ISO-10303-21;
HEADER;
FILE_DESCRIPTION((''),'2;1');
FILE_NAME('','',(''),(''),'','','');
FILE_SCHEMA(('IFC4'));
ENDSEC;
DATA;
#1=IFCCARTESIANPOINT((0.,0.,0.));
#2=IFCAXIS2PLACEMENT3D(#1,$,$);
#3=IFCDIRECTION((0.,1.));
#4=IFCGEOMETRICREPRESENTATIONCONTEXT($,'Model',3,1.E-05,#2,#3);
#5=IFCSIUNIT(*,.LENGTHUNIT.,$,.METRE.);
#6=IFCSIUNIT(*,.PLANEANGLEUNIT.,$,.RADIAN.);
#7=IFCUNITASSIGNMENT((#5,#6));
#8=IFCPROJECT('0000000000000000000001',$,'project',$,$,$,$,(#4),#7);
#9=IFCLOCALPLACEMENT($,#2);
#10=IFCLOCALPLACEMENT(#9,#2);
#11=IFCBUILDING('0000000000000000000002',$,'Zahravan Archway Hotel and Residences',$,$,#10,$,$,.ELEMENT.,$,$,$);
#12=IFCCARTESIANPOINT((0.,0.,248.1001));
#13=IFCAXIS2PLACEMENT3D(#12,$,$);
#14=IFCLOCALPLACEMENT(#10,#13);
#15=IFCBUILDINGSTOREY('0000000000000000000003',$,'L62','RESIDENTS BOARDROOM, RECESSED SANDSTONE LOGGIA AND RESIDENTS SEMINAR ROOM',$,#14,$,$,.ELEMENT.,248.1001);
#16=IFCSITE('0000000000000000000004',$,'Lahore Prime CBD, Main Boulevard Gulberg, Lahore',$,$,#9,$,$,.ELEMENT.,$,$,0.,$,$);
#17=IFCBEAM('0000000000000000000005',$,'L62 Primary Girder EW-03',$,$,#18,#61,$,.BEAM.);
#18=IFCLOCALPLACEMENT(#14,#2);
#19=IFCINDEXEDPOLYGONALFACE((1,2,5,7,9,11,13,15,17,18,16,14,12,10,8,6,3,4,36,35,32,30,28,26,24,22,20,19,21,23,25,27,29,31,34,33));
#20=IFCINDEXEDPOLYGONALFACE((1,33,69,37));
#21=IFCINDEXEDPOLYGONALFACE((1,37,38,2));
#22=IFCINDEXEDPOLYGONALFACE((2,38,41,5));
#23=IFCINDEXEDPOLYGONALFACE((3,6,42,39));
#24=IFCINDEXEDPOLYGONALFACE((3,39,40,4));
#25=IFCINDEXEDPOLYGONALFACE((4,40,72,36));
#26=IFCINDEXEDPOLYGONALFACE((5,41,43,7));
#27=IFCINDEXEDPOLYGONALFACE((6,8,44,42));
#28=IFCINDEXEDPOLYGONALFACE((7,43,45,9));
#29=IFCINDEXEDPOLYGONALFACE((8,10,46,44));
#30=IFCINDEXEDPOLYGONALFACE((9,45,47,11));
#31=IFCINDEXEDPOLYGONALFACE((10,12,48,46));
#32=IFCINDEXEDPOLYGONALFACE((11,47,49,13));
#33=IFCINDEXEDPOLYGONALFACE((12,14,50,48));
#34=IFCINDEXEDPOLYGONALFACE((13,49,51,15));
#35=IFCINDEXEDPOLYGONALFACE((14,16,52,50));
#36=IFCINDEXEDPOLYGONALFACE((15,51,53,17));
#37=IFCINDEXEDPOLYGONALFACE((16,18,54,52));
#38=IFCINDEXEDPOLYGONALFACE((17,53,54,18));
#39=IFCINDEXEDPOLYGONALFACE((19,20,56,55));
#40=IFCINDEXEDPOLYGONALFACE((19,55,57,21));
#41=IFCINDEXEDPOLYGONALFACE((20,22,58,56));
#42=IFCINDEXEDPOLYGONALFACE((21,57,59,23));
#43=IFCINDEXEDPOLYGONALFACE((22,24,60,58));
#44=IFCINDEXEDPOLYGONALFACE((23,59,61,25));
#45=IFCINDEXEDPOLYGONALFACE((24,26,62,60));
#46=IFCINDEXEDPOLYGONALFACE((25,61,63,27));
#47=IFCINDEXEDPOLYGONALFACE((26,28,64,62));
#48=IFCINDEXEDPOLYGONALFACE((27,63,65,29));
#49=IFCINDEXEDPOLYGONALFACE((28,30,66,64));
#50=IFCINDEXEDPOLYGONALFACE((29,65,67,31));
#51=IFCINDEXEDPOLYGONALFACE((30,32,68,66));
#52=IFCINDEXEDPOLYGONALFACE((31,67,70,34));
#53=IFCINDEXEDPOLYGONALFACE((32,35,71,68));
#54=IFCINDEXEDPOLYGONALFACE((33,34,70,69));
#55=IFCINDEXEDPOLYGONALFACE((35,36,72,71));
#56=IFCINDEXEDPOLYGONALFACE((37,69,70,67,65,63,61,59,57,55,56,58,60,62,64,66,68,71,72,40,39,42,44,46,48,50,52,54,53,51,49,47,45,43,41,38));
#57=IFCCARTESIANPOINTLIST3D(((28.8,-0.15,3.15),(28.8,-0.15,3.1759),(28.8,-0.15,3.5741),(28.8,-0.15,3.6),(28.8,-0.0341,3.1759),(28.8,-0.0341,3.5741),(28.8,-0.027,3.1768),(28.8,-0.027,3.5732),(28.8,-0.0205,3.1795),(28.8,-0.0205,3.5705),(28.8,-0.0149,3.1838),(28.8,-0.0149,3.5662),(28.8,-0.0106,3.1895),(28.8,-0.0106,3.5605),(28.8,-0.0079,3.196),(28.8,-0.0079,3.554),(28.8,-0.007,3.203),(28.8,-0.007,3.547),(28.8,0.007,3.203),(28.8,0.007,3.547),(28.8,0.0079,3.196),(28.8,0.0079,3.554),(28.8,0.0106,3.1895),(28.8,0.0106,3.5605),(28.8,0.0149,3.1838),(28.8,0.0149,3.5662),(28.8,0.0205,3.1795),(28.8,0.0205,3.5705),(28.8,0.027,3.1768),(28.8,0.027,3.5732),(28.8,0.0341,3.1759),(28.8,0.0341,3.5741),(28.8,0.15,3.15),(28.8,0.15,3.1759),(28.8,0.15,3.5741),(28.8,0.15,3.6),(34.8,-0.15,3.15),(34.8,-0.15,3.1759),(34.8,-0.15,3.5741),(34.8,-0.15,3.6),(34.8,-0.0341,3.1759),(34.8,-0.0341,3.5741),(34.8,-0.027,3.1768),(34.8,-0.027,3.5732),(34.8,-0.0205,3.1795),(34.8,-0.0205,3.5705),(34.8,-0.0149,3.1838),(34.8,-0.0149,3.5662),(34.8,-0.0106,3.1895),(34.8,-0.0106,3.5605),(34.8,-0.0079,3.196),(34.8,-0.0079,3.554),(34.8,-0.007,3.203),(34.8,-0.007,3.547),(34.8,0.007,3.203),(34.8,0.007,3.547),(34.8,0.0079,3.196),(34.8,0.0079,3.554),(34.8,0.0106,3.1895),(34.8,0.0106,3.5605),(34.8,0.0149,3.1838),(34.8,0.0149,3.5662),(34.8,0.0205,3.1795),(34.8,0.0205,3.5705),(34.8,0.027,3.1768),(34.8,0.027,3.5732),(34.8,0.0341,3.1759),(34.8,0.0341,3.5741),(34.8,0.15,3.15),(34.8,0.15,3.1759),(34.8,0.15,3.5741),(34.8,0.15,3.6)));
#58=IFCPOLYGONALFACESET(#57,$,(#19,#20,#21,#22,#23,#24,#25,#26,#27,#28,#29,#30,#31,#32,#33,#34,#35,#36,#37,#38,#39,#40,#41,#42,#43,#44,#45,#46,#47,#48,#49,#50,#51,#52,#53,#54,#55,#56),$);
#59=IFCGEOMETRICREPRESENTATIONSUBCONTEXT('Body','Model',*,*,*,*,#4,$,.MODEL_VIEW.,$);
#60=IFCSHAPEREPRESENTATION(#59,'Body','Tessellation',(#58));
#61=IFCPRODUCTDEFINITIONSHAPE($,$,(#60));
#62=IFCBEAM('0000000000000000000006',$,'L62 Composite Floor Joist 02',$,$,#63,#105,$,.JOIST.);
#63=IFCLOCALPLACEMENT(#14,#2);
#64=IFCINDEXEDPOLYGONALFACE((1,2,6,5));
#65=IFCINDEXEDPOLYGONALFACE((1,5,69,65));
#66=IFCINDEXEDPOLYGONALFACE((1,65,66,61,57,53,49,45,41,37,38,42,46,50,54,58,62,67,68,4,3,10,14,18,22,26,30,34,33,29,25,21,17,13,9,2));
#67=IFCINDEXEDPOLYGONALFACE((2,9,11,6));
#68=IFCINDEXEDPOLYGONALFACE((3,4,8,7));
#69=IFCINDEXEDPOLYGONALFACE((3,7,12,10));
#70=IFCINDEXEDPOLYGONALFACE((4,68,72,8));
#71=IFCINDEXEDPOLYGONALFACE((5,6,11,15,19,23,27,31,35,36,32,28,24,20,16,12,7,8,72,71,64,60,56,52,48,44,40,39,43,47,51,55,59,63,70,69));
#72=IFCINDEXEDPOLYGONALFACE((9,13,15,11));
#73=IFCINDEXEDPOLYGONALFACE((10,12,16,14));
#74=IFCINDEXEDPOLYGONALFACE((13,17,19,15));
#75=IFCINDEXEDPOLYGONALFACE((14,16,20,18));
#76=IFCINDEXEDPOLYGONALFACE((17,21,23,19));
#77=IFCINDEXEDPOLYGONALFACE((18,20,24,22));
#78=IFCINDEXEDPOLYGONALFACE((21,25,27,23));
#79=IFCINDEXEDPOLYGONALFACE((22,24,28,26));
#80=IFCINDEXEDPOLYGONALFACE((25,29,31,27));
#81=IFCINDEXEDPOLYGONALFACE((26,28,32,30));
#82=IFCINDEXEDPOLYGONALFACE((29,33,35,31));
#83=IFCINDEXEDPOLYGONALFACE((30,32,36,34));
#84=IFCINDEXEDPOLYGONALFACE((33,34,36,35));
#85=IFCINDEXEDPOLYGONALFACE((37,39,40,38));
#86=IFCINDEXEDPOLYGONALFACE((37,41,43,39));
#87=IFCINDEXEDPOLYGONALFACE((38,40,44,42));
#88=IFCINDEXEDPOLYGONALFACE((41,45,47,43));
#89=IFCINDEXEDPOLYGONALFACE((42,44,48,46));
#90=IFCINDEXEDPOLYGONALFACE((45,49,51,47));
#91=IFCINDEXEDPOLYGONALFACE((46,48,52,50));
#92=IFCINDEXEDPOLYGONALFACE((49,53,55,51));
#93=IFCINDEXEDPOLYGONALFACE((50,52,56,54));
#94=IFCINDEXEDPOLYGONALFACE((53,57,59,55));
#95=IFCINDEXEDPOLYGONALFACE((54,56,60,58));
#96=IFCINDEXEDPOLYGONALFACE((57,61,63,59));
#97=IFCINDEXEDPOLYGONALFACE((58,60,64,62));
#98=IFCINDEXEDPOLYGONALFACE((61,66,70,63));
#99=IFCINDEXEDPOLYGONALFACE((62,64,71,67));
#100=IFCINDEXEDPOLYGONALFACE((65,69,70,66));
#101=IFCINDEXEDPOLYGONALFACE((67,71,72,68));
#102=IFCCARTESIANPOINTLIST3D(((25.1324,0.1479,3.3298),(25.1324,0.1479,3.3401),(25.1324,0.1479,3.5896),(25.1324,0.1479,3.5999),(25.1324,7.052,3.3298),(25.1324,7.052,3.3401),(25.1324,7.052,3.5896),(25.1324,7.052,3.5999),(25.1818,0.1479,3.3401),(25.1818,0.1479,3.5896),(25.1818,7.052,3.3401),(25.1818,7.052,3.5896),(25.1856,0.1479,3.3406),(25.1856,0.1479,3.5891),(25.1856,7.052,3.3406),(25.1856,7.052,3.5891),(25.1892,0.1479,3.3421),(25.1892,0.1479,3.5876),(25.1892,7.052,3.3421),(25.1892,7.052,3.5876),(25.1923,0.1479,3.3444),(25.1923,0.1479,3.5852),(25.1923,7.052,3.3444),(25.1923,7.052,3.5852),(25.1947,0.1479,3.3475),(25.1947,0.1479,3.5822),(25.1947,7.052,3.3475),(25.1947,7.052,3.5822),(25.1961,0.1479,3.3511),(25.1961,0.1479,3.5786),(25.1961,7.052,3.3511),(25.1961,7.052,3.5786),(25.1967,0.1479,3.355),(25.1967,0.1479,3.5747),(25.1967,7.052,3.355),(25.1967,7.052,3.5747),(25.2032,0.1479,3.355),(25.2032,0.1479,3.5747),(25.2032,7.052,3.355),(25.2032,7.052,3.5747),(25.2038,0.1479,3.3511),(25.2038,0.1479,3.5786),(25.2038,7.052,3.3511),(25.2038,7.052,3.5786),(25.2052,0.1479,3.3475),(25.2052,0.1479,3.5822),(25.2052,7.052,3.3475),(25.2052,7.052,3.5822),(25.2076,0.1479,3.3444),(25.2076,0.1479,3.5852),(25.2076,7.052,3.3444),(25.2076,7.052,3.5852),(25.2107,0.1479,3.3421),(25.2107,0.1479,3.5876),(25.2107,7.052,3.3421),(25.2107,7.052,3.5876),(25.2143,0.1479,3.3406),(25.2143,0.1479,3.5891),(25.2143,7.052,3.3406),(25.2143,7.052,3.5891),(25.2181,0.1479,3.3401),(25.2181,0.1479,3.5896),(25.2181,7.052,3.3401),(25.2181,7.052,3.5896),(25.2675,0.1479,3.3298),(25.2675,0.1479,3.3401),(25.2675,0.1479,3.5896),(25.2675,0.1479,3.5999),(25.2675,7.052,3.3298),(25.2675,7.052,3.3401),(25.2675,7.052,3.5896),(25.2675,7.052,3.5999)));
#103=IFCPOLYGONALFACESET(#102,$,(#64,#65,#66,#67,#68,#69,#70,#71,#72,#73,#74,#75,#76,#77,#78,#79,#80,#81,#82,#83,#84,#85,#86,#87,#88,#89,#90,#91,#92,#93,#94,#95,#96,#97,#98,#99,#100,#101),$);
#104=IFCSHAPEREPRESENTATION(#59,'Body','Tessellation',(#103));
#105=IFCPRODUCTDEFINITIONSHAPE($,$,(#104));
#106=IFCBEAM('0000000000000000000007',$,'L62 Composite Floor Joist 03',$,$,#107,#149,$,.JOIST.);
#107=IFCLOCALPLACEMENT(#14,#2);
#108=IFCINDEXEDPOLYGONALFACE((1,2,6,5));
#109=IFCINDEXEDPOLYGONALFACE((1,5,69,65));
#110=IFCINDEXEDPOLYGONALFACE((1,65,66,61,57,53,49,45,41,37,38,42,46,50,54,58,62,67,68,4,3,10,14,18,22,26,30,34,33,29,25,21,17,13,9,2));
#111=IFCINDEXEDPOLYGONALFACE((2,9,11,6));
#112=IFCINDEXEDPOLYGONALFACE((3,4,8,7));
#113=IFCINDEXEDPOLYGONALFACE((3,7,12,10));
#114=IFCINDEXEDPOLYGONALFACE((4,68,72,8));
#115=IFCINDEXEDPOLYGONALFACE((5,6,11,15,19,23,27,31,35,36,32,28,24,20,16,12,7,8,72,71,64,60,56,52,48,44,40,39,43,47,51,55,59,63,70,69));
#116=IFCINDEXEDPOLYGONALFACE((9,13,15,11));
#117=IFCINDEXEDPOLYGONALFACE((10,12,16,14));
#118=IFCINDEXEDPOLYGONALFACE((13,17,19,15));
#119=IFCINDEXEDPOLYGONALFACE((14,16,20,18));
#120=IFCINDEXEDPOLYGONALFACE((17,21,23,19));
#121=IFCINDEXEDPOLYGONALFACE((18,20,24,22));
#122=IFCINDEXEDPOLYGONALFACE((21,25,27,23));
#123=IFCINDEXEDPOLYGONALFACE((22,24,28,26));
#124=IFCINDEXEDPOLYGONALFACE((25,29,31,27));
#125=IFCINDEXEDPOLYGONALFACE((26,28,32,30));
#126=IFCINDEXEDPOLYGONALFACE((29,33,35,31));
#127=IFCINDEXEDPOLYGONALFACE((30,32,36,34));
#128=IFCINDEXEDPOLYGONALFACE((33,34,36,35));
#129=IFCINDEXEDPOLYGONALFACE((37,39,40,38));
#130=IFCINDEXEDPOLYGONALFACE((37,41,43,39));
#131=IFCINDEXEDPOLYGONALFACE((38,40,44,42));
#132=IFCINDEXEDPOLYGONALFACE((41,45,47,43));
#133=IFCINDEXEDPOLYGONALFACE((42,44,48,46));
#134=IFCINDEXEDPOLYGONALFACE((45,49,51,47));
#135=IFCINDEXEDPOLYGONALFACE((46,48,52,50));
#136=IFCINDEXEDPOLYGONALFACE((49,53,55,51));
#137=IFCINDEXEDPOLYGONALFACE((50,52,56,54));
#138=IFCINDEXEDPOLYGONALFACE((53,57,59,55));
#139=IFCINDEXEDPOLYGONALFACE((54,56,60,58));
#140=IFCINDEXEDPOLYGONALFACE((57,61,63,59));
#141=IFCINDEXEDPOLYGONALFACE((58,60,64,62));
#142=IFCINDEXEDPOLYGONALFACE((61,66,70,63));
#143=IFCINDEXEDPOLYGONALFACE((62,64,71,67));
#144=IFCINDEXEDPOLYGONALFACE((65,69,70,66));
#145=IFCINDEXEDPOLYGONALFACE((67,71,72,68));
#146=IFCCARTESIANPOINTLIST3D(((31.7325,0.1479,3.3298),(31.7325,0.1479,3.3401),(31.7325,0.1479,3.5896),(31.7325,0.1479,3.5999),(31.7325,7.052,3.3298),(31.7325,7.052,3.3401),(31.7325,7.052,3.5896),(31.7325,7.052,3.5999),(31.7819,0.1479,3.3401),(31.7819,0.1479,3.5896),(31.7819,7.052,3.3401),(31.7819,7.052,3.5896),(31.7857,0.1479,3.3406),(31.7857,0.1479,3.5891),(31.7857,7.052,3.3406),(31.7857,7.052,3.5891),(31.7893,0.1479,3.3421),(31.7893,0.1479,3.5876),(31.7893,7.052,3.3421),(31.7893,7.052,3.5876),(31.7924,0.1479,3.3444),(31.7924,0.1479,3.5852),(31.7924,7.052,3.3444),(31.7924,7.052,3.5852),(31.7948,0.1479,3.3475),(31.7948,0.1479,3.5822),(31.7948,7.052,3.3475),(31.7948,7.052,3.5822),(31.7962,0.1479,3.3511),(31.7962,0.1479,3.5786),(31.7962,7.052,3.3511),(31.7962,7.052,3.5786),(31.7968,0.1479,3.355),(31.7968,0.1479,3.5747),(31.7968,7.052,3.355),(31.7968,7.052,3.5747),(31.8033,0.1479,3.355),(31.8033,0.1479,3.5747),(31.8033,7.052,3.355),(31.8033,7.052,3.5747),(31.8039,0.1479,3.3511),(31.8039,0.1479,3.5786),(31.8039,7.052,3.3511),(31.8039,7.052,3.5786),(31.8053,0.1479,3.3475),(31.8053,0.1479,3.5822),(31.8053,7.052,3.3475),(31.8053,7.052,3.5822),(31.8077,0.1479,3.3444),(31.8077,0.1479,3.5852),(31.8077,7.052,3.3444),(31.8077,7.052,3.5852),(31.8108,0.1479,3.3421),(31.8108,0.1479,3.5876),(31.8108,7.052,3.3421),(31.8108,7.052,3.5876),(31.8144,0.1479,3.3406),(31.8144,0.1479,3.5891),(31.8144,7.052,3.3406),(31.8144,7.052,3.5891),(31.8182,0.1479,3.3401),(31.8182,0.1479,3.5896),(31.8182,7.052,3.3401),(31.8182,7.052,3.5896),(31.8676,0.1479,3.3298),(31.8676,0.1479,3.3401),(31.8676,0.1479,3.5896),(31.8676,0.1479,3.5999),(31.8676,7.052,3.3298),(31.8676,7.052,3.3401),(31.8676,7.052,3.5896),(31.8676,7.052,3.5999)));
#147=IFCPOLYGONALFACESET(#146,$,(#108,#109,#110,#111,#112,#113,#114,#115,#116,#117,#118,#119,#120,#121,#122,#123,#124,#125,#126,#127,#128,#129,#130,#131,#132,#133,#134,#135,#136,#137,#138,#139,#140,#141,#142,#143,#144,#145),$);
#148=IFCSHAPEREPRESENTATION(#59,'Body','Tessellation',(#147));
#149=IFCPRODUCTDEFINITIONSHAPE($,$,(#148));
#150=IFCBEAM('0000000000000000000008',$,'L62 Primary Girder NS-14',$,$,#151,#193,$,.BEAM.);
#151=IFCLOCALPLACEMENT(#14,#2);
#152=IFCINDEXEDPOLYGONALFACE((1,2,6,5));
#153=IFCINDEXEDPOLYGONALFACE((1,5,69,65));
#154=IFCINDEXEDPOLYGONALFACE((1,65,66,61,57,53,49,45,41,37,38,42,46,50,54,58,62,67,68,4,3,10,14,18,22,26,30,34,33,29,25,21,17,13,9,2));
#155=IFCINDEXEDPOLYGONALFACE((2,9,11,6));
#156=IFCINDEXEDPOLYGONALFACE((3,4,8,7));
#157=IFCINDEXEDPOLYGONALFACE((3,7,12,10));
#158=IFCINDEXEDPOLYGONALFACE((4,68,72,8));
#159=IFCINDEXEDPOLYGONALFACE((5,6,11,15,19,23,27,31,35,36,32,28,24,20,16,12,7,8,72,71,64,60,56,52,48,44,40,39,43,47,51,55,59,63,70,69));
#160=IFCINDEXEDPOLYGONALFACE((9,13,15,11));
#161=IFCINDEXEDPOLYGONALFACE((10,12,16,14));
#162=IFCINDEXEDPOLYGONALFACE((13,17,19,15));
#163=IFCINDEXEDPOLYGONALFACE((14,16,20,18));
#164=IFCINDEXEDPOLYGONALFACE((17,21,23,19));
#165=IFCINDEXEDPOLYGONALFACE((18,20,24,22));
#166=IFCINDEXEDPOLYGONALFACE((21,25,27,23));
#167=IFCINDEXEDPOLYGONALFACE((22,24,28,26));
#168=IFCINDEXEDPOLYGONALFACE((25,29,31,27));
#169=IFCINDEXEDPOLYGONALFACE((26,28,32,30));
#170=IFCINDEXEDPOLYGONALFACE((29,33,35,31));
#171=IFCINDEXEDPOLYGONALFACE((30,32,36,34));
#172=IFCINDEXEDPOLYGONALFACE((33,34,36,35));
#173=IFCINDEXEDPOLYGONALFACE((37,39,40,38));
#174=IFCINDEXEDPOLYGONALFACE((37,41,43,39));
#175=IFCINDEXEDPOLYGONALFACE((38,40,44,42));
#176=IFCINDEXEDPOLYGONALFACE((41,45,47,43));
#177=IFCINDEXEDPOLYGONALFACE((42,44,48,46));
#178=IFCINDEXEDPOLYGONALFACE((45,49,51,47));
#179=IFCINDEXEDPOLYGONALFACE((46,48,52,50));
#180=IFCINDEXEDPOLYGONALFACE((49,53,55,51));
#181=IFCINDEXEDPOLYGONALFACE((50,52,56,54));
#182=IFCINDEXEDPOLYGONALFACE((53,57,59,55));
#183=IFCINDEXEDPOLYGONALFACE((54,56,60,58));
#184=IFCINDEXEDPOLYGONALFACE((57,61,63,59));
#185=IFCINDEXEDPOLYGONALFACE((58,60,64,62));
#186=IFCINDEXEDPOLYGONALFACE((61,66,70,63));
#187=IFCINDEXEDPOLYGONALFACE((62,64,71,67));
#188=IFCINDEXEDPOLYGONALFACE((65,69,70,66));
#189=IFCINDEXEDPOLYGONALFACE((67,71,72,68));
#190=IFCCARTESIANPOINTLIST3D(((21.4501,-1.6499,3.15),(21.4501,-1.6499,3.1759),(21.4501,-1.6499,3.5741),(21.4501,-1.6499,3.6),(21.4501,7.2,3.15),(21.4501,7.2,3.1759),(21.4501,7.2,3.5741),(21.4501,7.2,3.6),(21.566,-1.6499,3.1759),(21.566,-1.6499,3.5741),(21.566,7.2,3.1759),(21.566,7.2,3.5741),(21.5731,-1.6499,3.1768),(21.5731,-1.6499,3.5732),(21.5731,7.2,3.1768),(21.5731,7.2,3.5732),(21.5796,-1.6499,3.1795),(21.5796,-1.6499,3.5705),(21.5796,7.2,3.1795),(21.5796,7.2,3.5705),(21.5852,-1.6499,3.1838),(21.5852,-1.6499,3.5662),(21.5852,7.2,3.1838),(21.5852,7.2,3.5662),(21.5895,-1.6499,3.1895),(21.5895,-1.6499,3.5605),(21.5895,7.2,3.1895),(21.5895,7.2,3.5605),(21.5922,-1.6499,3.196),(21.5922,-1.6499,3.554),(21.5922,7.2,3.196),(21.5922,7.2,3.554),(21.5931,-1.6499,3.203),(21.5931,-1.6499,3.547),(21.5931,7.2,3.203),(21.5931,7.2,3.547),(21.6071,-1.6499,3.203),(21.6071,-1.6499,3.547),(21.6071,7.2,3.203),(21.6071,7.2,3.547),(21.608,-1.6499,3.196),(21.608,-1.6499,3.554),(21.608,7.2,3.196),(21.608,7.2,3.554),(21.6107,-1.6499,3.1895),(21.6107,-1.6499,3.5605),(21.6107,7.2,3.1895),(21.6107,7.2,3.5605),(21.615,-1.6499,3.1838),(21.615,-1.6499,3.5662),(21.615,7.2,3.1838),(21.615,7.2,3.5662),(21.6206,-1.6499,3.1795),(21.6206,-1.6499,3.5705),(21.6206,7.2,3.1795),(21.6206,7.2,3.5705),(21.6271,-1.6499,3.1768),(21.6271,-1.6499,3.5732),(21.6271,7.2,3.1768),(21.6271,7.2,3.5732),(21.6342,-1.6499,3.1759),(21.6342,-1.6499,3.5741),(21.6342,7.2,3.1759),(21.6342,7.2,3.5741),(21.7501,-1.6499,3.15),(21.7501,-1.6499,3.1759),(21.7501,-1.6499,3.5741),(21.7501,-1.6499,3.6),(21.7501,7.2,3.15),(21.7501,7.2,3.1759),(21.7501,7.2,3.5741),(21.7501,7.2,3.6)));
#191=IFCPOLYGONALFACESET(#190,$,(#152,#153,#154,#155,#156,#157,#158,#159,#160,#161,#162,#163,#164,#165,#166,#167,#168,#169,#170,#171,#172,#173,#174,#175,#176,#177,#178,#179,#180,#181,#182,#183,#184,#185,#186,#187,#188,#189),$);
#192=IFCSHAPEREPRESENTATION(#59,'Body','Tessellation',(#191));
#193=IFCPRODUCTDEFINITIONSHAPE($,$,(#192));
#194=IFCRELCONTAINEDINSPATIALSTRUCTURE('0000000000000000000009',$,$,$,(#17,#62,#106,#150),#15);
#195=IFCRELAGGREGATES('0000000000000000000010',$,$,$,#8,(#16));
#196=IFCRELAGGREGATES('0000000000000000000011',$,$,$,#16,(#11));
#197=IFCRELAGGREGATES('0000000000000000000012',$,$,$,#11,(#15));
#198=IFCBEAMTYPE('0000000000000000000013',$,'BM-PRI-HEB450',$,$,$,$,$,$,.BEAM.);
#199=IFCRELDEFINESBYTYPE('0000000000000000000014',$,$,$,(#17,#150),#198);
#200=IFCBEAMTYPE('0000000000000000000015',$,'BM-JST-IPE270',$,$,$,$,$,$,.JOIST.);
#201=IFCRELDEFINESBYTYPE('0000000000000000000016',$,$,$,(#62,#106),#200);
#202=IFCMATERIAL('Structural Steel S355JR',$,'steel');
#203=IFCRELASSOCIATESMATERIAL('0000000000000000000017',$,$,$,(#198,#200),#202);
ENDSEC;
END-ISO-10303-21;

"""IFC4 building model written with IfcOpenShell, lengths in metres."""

from ifc_helpers import new_model, si_unit, direction, frame, origin, origin_2d, place, context, subcontext, project, spatial, i_section, extrude, source, transform, mapped, material, material_profile, profile_set, type_object, type_shapes, element, save


model = new_model("IFC4")

# Units and contexts
model_context = context("Model", 3, precision=1e-05, world=origin(), true_north=direction((0.0, 1.0)))
body_context = subcontext(model_context, "Body", "Model", "MODEL_VIEW")
ifc_project = project(units=[si_unit("LENGTHUNIT", "METRE"), si_unit("PLANEANGLEUNIT", "RADIAN")], contexts=[model_context])

# Site, building, storey
site_placement = place(None, origin())
site = spatial("IfcSite", under=ifc_project, at=site_placement, Name="Lahore Prime CBD, Main Boulevard Gulberg, Lahore", CompositionType="ELEMENT", RefElevation=0.0)
building_placement = place(site_placement, origin())
building = spatial("IfcBuilding", under=site, at=building_placement, Name="Zahravan Archway Hotel and Residences", CompositionType="ELEMENT")
storey_placement = place(building_placement, frame((0.0, 0.0, 248.1001)))
storey = spatial("IfcBuildingStorey", under=building, at=storey_placement, Name="L62", Description="RESIDENTS BOARDROOM, RECESSED SANDSTONE LOGGIA AND RESIDENTS SEMINAR ROOM", CompositionType="ELEMENT", Elevation=248.1001)

# Beams
ifc_material_1 = material(Name="Structural Steel S355JR", Category="steel")
ifc_material_profile_1 = material_profile(ifc_material_1, i_section(OverallWidth=0.3, OverallDepth=0.45, WebThickness=0.0139, FlangeThickness=0.0259, FilletRadius=0.0271, at=origin_2d()), Name="HEB 450", Category="steel")
ifc_profile_set_1 = profile_set([ifc_material_profile_1], Name="Structural Steel S355JR")
beam_type_1 = type_object("IfcBeamType", Name="BM-PRI-HEB450", PredefinedType="BEAM", material=ifc_profile_set_1)
shared_shape_1 = source(origin(), body_context, "Body", "SweptSolid", [
    extrude(i_section(OverallWidth=0.3, OverallDepth=0.45, WebThickness=0.0139, FlangeThickness=0.0259, FilletRadius=0.0271, at=origin_2d()), origin(), (0.0, 0.0, 1.0), 6.0),
])
beam_placement = place(storey_placement, frame((28.8, 0.0, 3.375), z_axis=(1.0, 0.0, 0.0), x_axis=(0.0, 1.0, 0.0)))
element("IfcBeam", 1, at=beam_placement, inside=storey, type_object=beam_type_1, Name="L62 Primary Girder EW-03", PredefinedType="BEAM", context=body_context, shape_type="MappedRepresentation", body=[
    mapped(shared_shape_1, transform((0.0, 0.0, 0.0), scale=1.0)),
])
ifc_material_profile_2 = material_profile(ifc_material_1, i_section(OverallWidth=0.135, OverallDepth=0.27, WebThickness=0.0066, FlangeThickness=0.0103, FilletRadius=0.0149, at=origin_2d()), Name="IPE 270", Category="steel")
ifc_profile_set_2 = profile_set([ifc_material_profile_2], Name="Structural Steel S355JR")
beam_type_2 = type_object("IfcBeamType", Name="BM-JST-IPE270", PredefinedType="JOIST", material=ifc_profile_set_2)
shared_shape_2 = source(origin(), body_context, "Body", "SweptSolid", [
    extrude(i_section(OverallWidth=0.135, OverallDepth=0.27, WebThickness=0.0066, FlangeThickness=0.0103, FilletRadius=0.0149, at=origin_2d()), origin(), (0.0, 0.0, 1.0), 6.9041),
])
type_shapes(beam_type_2, [shared_shape_2])
for number, where, z_axis, x_axis, name in (
    (2, (25.2, 0.1479, 3.4648), (0.0, 1.0, 0.0), (-1.0, 0.0, 0.0), "L62 Composite Floor Joist 02"),
    (3, (31.8, 0.1479, 3.4648), (0.0, 1.0, 0.0), (-1.0, 0.0, 0.0), "L62 Composite Floor Joist 03"),
):
    element("IfcBeam", number, at=place(storey_placement, frame(where, z_axis=z_axis, x_axis=x_axis)), inside=storey, type_object=beam_type_2, Name=name, PredefinedType="JOIST", context=body_context, shape_type="MappedRepresentation", body=[
        mapped(shared_shape_2, transform((0.0, 0.0, 0.0), scale=1.0)),
    ])
shared_shape_3 = source(origin(), body_context, "Body", "SweptSolid", [
    extrude(i_section(OverallWidth=0.3, OverallDepth=0.45, WebThickness=0.0139, FlangeThickness=0.0259, FilletRadius=0.0271, at=origin_2d()), origin(), (0.0, 0.0, 1.0), 8.8499),
])
for number, where, z_axis, x_axis, name in (
    (4, (21.6001, -1.6499, 3.375), (0.0, 1.0, 0.0), (-1.0, 0.0, 0.0), "L62 Primary Girder NS-14"),
):
    element("IfcBeam", number, at=place(storey_placement, frame(where, z_axis=z_axis, x_axis=x_axis)), inside=storey, type_object=beam_type_1, Name=name, PredefinedType="BEAM", context=body_context, shape_type="MappedRepresentation", body=[
        mapped(shared_shape_3, transform((0.0, 0.0, 0.0), scale=1.0)),
    ])

save(model, "model.ifc")
